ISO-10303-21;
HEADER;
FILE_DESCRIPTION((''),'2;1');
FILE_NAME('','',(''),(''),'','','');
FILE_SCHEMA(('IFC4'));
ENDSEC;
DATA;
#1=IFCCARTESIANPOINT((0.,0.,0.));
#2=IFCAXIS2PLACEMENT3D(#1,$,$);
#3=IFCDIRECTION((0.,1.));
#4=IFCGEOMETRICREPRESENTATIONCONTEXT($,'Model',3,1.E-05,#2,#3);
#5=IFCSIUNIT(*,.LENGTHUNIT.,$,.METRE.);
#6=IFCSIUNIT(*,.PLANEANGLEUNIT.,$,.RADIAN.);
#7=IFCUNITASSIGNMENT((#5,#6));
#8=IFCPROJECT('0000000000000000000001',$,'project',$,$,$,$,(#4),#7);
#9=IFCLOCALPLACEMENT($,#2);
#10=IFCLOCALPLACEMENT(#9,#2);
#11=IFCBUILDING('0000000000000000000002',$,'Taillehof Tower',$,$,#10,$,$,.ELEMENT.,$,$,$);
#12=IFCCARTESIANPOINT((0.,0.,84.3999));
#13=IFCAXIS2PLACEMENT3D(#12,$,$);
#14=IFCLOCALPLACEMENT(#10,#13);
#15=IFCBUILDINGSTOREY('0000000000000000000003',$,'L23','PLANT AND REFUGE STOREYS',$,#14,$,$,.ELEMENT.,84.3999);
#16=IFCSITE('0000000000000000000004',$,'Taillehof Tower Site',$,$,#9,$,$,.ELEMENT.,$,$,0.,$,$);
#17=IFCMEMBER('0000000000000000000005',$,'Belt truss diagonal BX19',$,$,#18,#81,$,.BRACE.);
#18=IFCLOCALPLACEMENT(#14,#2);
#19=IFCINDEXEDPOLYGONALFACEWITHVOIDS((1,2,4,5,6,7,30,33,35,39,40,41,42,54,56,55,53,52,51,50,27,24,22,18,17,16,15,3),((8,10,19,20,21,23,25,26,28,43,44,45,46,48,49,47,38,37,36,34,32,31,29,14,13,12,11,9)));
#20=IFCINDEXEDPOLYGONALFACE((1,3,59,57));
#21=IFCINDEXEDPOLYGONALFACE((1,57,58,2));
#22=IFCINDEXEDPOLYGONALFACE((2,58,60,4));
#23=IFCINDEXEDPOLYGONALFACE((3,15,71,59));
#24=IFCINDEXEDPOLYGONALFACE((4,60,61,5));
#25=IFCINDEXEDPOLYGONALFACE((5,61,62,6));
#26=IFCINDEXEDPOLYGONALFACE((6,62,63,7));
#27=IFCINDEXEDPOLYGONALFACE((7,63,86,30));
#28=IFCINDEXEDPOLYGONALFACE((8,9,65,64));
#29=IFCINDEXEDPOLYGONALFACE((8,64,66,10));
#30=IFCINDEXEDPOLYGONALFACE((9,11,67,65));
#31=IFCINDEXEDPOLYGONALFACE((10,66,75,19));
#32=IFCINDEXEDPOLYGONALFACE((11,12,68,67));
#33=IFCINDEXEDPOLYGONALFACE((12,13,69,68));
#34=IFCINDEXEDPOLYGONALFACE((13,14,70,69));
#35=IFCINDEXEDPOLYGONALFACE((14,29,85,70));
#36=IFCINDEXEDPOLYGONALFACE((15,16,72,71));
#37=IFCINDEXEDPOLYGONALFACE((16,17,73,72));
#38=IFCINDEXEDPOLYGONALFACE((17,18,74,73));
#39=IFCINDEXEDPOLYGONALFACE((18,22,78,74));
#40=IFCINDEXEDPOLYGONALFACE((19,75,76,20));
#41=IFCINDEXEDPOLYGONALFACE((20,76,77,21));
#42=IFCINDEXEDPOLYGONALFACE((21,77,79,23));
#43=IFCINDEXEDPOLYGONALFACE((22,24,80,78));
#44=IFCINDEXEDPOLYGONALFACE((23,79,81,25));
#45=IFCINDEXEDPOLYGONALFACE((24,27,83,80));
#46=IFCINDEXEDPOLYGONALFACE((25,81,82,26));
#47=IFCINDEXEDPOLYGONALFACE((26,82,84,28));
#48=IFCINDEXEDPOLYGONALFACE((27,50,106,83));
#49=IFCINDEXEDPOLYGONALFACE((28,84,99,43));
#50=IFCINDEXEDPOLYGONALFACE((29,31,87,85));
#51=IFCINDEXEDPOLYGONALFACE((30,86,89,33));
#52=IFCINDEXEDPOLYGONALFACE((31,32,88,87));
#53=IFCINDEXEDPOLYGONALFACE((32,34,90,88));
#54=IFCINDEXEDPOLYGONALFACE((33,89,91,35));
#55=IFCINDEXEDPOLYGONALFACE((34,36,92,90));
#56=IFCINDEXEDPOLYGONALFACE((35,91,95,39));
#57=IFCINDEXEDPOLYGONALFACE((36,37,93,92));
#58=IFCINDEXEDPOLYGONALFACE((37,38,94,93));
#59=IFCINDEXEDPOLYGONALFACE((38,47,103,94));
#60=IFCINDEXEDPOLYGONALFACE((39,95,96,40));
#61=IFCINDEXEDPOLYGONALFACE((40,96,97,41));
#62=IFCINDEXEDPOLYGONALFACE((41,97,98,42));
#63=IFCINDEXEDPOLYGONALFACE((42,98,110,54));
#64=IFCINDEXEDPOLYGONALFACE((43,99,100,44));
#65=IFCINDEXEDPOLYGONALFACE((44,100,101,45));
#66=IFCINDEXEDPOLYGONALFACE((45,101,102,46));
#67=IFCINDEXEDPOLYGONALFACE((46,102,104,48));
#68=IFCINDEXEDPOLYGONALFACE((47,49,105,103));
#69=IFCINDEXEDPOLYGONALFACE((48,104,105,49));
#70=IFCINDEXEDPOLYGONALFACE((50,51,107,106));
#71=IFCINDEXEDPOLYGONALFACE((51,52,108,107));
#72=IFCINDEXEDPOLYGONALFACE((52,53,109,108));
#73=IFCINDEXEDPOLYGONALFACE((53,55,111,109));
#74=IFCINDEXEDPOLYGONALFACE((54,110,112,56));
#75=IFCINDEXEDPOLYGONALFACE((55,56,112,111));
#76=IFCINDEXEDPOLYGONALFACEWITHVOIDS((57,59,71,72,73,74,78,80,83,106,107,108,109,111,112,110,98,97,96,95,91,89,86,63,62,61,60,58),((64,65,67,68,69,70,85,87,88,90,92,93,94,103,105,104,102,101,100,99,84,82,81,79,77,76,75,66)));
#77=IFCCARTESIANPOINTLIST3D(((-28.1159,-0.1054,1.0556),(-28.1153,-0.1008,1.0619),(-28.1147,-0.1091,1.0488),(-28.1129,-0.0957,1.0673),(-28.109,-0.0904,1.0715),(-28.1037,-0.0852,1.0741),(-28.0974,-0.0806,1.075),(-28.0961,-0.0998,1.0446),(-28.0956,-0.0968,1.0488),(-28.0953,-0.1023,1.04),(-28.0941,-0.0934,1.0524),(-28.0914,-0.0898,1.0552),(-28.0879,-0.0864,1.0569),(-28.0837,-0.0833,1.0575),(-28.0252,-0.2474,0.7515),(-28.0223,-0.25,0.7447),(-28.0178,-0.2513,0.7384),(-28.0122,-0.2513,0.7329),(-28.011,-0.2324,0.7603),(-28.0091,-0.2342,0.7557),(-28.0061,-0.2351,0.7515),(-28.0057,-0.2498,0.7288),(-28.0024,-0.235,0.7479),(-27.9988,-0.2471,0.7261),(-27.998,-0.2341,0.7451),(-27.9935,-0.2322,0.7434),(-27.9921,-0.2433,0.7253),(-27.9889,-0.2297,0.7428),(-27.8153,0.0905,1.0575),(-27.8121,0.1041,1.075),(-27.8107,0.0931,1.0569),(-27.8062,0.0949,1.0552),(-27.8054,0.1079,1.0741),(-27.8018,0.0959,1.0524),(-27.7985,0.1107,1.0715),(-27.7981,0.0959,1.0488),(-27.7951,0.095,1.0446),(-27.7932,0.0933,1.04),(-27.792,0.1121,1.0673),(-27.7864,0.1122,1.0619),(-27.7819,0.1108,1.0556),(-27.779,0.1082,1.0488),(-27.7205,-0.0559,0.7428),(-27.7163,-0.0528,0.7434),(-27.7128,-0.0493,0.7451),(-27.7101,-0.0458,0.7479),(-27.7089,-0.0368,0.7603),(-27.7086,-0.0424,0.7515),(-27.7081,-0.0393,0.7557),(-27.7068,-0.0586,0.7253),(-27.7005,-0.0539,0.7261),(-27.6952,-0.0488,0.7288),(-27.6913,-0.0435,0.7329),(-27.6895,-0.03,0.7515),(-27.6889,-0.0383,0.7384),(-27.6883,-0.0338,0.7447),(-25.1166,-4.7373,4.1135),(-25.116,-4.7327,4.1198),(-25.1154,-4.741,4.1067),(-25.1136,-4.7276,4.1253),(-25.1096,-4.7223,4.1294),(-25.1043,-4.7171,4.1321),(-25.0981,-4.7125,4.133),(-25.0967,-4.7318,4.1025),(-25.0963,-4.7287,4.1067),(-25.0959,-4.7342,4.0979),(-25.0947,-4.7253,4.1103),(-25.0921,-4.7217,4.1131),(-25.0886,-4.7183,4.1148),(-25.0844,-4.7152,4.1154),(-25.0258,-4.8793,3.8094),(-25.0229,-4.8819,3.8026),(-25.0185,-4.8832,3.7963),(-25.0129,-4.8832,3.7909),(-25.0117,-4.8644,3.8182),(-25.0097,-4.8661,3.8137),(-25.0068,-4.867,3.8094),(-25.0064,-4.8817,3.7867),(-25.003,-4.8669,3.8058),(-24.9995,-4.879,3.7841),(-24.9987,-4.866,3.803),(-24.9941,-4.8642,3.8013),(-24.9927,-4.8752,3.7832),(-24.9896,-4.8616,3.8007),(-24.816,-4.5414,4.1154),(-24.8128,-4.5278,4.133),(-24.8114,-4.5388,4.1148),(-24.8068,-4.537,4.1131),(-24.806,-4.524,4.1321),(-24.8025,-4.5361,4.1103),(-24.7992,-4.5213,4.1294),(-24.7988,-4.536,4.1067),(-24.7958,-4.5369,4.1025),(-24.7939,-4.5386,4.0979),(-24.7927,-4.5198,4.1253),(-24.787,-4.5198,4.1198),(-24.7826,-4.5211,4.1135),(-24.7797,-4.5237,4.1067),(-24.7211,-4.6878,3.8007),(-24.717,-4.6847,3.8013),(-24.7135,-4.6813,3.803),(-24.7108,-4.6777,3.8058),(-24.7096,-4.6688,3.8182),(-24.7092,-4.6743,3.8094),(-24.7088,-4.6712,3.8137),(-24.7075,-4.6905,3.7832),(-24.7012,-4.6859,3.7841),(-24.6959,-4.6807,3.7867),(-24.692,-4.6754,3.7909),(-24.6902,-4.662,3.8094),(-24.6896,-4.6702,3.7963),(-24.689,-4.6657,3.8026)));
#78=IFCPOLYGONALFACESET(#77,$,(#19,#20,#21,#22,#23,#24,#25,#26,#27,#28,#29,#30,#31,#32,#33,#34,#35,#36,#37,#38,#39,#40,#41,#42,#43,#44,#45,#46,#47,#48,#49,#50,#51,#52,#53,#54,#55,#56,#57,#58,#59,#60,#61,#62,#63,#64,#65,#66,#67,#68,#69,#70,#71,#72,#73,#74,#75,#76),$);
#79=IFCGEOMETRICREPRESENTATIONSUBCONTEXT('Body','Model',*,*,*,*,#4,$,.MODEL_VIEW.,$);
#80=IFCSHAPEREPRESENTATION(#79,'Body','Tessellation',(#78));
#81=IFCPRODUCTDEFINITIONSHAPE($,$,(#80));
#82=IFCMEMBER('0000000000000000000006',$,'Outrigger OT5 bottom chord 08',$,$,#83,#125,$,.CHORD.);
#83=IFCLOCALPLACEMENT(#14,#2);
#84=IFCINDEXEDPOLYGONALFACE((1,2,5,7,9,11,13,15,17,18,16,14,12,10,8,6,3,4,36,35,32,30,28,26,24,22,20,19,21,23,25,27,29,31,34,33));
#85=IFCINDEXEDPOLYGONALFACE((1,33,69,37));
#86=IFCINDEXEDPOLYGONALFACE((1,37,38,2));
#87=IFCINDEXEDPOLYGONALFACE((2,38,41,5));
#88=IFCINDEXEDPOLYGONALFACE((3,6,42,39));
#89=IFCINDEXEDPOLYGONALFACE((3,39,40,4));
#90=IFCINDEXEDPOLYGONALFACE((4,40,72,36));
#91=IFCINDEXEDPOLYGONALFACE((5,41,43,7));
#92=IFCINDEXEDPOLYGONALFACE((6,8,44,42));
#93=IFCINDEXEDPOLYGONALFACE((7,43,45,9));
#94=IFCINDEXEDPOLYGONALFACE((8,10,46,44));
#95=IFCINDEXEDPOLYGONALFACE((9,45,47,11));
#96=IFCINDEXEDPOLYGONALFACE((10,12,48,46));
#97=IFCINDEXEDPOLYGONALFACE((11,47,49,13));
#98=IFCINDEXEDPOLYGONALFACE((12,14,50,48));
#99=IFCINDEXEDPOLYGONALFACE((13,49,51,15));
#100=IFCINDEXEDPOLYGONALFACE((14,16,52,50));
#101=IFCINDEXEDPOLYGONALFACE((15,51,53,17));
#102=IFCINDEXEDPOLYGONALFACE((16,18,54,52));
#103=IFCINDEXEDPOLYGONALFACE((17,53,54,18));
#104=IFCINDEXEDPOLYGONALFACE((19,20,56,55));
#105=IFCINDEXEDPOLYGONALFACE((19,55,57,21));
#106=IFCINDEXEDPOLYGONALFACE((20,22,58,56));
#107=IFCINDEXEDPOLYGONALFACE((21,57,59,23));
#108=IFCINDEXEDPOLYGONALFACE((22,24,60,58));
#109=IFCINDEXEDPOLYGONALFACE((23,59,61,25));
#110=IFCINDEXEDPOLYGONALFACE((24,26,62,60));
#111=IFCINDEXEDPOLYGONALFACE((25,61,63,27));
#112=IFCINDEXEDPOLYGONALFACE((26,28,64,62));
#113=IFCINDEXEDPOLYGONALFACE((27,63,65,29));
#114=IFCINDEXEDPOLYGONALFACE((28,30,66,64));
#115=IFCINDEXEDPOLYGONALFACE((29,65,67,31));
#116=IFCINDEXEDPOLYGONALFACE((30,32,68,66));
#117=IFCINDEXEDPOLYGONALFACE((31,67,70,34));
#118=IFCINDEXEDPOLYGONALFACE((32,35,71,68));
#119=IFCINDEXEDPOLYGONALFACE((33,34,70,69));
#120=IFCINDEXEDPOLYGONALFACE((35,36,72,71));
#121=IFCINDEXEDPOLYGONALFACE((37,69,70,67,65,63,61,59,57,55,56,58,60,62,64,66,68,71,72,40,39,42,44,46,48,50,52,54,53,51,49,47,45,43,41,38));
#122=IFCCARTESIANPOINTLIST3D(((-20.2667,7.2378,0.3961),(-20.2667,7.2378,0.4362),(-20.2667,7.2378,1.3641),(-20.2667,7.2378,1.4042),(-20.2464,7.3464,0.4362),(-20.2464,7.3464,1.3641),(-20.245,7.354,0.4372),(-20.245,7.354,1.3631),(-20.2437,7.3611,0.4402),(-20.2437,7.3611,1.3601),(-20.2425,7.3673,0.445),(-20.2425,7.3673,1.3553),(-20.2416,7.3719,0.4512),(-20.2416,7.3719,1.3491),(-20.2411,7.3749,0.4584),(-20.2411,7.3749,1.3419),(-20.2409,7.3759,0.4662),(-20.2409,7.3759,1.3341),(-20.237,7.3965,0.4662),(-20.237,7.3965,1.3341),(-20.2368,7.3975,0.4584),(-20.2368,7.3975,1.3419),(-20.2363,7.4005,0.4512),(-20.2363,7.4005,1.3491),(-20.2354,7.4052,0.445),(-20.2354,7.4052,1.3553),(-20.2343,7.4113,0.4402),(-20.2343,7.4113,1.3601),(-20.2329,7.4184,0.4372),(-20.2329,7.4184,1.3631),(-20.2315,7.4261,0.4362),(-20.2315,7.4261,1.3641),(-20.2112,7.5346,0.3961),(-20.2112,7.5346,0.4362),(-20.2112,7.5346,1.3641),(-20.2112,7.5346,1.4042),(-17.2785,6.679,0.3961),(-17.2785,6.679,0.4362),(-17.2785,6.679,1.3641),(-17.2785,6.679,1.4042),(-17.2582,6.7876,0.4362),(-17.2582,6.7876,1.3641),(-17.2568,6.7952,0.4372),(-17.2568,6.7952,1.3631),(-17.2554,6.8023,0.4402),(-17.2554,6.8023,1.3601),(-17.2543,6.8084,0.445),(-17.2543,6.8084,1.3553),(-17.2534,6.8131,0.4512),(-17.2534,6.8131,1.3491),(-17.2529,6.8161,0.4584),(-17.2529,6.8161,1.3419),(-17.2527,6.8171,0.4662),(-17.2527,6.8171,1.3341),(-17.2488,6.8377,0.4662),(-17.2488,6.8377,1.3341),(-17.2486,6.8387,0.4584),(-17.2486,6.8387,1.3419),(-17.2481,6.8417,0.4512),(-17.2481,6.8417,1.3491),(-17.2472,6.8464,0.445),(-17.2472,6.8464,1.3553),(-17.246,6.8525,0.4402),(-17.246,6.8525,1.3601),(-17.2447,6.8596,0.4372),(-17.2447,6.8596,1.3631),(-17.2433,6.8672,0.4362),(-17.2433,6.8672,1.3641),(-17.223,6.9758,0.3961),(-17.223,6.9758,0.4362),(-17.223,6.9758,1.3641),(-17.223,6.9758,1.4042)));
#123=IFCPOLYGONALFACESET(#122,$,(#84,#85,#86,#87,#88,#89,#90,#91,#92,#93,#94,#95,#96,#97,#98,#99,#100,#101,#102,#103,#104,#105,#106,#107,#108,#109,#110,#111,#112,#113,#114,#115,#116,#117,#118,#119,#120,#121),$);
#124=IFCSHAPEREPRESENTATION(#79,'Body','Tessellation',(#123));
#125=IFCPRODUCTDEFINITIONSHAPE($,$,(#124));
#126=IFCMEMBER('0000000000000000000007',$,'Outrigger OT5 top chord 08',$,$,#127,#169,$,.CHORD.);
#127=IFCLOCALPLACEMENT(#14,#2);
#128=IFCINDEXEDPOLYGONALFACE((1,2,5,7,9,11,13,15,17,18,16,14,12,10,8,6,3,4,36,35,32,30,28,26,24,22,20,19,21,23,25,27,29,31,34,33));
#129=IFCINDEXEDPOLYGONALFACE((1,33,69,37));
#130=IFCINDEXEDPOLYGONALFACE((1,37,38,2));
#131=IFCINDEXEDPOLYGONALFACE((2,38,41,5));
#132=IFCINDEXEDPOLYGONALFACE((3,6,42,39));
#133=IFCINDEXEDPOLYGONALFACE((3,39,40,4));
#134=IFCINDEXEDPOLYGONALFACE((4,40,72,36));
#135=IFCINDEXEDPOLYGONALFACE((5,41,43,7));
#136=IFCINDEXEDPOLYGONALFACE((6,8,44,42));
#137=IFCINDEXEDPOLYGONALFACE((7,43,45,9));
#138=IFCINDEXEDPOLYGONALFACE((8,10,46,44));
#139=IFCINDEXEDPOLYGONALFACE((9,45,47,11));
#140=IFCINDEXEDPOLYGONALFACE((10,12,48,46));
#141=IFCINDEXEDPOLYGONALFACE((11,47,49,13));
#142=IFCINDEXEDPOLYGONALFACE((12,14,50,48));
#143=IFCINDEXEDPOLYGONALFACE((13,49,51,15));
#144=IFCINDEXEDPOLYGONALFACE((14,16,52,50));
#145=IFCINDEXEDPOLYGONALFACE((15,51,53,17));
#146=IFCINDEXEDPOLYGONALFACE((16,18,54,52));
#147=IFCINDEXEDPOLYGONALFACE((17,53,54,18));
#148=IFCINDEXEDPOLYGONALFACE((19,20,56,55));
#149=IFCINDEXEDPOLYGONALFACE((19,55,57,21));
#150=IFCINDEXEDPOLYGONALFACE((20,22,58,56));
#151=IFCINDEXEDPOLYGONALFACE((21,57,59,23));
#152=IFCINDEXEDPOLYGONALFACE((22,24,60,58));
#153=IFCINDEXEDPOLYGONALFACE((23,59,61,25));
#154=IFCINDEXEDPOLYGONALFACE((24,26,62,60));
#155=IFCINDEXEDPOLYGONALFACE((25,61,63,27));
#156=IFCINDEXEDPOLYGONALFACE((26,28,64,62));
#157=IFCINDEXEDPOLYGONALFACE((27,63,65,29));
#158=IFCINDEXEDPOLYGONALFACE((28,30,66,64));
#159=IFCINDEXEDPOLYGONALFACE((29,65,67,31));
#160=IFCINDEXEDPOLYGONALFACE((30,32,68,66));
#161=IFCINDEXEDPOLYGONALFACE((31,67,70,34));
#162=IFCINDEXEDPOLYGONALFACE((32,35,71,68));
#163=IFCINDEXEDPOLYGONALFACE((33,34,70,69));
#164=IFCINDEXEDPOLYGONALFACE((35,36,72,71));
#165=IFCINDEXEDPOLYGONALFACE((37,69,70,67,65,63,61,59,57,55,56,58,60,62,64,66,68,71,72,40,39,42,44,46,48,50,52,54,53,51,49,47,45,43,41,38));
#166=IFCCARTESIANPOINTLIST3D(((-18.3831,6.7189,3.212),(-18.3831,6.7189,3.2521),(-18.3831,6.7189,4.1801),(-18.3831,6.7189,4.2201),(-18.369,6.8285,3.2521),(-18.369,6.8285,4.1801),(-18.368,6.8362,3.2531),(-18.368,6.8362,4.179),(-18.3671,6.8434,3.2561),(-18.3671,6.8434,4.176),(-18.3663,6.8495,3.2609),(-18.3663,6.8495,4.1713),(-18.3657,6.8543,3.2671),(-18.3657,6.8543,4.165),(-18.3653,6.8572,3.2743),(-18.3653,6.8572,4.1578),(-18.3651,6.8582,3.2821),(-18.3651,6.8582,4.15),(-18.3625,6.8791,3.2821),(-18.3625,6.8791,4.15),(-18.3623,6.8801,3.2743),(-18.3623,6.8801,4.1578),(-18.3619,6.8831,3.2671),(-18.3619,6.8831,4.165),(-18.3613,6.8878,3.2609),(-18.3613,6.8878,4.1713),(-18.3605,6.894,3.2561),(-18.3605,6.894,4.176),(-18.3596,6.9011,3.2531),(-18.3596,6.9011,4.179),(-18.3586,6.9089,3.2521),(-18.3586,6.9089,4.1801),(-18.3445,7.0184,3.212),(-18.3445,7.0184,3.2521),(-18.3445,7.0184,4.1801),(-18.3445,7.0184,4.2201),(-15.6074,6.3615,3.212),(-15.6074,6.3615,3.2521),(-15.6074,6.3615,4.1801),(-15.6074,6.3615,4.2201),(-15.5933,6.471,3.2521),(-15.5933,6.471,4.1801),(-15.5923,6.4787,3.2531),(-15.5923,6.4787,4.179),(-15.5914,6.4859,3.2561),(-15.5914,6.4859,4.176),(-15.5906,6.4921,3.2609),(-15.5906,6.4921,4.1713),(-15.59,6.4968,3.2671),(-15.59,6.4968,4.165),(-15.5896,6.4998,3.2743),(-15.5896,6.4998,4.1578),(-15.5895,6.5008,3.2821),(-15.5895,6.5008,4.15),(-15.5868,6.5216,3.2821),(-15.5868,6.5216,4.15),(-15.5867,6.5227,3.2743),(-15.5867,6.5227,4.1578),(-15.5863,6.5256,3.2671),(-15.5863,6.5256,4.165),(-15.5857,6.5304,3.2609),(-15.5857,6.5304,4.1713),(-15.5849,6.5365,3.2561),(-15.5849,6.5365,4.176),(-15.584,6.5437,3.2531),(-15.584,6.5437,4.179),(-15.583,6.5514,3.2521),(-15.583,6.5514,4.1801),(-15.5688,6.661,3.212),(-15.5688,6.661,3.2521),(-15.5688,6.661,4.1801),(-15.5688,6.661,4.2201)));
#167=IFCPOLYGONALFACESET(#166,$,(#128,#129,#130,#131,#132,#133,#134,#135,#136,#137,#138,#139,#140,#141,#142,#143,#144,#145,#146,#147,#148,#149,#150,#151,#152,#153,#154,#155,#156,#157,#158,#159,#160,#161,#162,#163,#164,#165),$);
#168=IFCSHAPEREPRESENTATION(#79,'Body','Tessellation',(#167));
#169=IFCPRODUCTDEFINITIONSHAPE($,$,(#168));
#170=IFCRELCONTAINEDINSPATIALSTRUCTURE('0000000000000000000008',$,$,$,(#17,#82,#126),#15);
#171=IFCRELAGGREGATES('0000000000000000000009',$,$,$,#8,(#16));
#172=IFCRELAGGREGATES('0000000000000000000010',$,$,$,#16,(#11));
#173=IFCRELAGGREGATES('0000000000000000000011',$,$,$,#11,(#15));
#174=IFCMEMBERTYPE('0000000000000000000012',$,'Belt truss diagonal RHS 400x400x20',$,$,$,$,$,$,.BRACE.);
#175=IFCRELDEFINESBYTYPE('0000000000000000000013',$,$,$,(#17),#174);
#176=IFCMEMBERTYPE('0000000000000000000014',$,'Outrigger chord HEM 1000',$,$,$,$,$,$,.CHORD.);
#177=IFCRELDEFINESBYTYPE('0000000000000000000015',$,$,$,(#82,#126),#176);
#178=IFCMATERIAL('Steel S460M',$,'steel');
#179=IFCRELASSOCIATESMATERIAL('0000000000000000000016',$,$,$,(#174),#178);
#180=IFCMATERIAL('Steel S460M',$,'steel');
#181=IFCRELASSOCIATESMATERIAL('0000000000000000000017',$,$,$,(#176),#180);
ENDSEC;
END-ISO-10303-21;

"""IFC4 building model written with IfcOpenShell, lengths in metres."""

from ifc_helpers import new_model, si_unit, direction, frame, origin, origin_2d, place, context, subcontext, project, spatial, hollow_rectangle, i_section, extrude, material, material_profile, profile_set, type_object, element, save


model = new_model("IFC4")

# Units and contexts
model_context = context("Model", 3, precision=1e-05, world=origin(), true_north=direction((0.0, 1.0)))
body_context = subcontext(model_context, "Body", "Model", "MODEL_VIEW")
ifc_project = project(units=[si_unit("LENGTHUNIT", "METRE"), si_unit("PLANEANGLEUNIT", "RADIAN")], contexts=[model_context])

# Site, building, storey
site_placement = place(None, origin())
site = spatial("IfcSite", under=ifc_project, at=site_placement, Name="Taillehof Tower Site", CompositionType="ELEMENT", RefElevation=0.0)
building_placement = place(site_placement, origin())
building = spatial("IfcBuilding", under=site, at=building_placement, Name="Taillehof Tower", CompositionType="ELEMENT")
storey_placement = place(building_placement, frame((0.0, 0.0, 84.3999)))
storey = spatial("IfcBuildingStorey", under=building, at=storey_placement, Name="L23", Description="PLANT AND REFUGE STOREYS", CompositionType="ELEMENT", Elevation=84.3999)

# Members
ifc_material_1 = material(Name="Steel S460M", Category="steel")
ifc_material_profile_1 = material_profile(ifc_material_1, hollow_rectangle(XDim=0.3999, YDim=0.3999, WallThickness=0.02, InnerFilletRadius=0.02, OuterFilletRadius=0.03, at=origin_2d()), Name="RHS 400x400x20")
ifc_profile_set_1 = profile_set([ifc_material_profile_1], Name="Steel S460M")
member_type_1 = type_object("IfcMemberType", Name="Belt truss diagonal RHS 400x400x20", PredefinedType="BRACE", material=ifc_profile_set_1)
member_1_placement = place(storey_placement, frame((-27.9021, -0.0696, 0.9001), z_axis=(0.475416, -0.734195, 0.484703), x_axis=(0.839388, 0.543532, 0.0)))
element("IfcMember", 1, at=member_1_placement, inside=storey, type_object=member_type_1, Name="Belt truss diagonal BX19", PredefinedType="BRACE", context=body_context, shape_type="SweptSolid", body=[
    extrude(hollow_rectangle(XDim=0.3999, YDim=0.3999, WallThickness=0.02, InnerFilletRadius=0.02, OuterFilletRadius=0.03, at=origin_2d()), origin(), (0.0, 0.0, 1.0), 6.3088),
])
ifc_material_2 = material(Name="Steel S460M", Category="steel")
ifc_material_profile_2 = material_profile(ifc_material_2, i_section(OverallWidth=0.302, OverallDepth=1.0081, WebThickness=0.021, FlangeThickness=0.04, FilletRadius=0.03, at=origin_2d()), Name="HEM 1000")
ifc_profile_set_2 = profile_set([ifc_material_profile_2], Name="Steel S460M")
member_type_2 = type_object("IfcMemberType", Name="Outrigger chord HEM 1000", PredefinedType="CHORD", material=ifc_profile_set_2)
member_2_placement = place(storey_placement, frame((-17.2507, 6.8274, 0.9001), z_axis=(-0.982959, 0.183823, 0.0), x_axis=(-0.183823, -0.982959, 0.0)))
element("IfcMember", 2, at=member_2_placement, inside=storey, type_object=member_type_2, Name="Outrigger OT5 bottom chord 08", PredefinedType="CHORD", context=body_context, shape_type="SweptSolid", body=[
    extrude(i_section(OverallWidth=0.302, OverallDepth=1.0081, WebThickness=0.021, FlangeThickness=0.04, FilletRadius=0.03, at=origin_2d()), origin(), (0.0, 0.0, 1.0), 3.04),
])
member_3_placement = place(storey_placement, frame((-15.5881, 6.5112, 3.7161), z_axis=(-0.991811, 0.127717, 0.0), x_axis=(-0.127717, -0.991811, 0.0)))
element("IfcMember", 3, at=member_3_placement, inside=storey, type_object=member_type_2, Name="Outrigger OT5 top chord 08", PredefinedType="CHORD", context=body_context, shape_type="SweptSolid", body=[
    extrude(i_section(OverallWidth=0.302, OverallDepth=1.0081, WebThickness=0.021, FlangeThickness=0.04, FilletRadius=0.03, at=origin_2d()), origin(), (0.0, 0.0, 1.0), 2.7986),
])

save(model, "model.ifc")
